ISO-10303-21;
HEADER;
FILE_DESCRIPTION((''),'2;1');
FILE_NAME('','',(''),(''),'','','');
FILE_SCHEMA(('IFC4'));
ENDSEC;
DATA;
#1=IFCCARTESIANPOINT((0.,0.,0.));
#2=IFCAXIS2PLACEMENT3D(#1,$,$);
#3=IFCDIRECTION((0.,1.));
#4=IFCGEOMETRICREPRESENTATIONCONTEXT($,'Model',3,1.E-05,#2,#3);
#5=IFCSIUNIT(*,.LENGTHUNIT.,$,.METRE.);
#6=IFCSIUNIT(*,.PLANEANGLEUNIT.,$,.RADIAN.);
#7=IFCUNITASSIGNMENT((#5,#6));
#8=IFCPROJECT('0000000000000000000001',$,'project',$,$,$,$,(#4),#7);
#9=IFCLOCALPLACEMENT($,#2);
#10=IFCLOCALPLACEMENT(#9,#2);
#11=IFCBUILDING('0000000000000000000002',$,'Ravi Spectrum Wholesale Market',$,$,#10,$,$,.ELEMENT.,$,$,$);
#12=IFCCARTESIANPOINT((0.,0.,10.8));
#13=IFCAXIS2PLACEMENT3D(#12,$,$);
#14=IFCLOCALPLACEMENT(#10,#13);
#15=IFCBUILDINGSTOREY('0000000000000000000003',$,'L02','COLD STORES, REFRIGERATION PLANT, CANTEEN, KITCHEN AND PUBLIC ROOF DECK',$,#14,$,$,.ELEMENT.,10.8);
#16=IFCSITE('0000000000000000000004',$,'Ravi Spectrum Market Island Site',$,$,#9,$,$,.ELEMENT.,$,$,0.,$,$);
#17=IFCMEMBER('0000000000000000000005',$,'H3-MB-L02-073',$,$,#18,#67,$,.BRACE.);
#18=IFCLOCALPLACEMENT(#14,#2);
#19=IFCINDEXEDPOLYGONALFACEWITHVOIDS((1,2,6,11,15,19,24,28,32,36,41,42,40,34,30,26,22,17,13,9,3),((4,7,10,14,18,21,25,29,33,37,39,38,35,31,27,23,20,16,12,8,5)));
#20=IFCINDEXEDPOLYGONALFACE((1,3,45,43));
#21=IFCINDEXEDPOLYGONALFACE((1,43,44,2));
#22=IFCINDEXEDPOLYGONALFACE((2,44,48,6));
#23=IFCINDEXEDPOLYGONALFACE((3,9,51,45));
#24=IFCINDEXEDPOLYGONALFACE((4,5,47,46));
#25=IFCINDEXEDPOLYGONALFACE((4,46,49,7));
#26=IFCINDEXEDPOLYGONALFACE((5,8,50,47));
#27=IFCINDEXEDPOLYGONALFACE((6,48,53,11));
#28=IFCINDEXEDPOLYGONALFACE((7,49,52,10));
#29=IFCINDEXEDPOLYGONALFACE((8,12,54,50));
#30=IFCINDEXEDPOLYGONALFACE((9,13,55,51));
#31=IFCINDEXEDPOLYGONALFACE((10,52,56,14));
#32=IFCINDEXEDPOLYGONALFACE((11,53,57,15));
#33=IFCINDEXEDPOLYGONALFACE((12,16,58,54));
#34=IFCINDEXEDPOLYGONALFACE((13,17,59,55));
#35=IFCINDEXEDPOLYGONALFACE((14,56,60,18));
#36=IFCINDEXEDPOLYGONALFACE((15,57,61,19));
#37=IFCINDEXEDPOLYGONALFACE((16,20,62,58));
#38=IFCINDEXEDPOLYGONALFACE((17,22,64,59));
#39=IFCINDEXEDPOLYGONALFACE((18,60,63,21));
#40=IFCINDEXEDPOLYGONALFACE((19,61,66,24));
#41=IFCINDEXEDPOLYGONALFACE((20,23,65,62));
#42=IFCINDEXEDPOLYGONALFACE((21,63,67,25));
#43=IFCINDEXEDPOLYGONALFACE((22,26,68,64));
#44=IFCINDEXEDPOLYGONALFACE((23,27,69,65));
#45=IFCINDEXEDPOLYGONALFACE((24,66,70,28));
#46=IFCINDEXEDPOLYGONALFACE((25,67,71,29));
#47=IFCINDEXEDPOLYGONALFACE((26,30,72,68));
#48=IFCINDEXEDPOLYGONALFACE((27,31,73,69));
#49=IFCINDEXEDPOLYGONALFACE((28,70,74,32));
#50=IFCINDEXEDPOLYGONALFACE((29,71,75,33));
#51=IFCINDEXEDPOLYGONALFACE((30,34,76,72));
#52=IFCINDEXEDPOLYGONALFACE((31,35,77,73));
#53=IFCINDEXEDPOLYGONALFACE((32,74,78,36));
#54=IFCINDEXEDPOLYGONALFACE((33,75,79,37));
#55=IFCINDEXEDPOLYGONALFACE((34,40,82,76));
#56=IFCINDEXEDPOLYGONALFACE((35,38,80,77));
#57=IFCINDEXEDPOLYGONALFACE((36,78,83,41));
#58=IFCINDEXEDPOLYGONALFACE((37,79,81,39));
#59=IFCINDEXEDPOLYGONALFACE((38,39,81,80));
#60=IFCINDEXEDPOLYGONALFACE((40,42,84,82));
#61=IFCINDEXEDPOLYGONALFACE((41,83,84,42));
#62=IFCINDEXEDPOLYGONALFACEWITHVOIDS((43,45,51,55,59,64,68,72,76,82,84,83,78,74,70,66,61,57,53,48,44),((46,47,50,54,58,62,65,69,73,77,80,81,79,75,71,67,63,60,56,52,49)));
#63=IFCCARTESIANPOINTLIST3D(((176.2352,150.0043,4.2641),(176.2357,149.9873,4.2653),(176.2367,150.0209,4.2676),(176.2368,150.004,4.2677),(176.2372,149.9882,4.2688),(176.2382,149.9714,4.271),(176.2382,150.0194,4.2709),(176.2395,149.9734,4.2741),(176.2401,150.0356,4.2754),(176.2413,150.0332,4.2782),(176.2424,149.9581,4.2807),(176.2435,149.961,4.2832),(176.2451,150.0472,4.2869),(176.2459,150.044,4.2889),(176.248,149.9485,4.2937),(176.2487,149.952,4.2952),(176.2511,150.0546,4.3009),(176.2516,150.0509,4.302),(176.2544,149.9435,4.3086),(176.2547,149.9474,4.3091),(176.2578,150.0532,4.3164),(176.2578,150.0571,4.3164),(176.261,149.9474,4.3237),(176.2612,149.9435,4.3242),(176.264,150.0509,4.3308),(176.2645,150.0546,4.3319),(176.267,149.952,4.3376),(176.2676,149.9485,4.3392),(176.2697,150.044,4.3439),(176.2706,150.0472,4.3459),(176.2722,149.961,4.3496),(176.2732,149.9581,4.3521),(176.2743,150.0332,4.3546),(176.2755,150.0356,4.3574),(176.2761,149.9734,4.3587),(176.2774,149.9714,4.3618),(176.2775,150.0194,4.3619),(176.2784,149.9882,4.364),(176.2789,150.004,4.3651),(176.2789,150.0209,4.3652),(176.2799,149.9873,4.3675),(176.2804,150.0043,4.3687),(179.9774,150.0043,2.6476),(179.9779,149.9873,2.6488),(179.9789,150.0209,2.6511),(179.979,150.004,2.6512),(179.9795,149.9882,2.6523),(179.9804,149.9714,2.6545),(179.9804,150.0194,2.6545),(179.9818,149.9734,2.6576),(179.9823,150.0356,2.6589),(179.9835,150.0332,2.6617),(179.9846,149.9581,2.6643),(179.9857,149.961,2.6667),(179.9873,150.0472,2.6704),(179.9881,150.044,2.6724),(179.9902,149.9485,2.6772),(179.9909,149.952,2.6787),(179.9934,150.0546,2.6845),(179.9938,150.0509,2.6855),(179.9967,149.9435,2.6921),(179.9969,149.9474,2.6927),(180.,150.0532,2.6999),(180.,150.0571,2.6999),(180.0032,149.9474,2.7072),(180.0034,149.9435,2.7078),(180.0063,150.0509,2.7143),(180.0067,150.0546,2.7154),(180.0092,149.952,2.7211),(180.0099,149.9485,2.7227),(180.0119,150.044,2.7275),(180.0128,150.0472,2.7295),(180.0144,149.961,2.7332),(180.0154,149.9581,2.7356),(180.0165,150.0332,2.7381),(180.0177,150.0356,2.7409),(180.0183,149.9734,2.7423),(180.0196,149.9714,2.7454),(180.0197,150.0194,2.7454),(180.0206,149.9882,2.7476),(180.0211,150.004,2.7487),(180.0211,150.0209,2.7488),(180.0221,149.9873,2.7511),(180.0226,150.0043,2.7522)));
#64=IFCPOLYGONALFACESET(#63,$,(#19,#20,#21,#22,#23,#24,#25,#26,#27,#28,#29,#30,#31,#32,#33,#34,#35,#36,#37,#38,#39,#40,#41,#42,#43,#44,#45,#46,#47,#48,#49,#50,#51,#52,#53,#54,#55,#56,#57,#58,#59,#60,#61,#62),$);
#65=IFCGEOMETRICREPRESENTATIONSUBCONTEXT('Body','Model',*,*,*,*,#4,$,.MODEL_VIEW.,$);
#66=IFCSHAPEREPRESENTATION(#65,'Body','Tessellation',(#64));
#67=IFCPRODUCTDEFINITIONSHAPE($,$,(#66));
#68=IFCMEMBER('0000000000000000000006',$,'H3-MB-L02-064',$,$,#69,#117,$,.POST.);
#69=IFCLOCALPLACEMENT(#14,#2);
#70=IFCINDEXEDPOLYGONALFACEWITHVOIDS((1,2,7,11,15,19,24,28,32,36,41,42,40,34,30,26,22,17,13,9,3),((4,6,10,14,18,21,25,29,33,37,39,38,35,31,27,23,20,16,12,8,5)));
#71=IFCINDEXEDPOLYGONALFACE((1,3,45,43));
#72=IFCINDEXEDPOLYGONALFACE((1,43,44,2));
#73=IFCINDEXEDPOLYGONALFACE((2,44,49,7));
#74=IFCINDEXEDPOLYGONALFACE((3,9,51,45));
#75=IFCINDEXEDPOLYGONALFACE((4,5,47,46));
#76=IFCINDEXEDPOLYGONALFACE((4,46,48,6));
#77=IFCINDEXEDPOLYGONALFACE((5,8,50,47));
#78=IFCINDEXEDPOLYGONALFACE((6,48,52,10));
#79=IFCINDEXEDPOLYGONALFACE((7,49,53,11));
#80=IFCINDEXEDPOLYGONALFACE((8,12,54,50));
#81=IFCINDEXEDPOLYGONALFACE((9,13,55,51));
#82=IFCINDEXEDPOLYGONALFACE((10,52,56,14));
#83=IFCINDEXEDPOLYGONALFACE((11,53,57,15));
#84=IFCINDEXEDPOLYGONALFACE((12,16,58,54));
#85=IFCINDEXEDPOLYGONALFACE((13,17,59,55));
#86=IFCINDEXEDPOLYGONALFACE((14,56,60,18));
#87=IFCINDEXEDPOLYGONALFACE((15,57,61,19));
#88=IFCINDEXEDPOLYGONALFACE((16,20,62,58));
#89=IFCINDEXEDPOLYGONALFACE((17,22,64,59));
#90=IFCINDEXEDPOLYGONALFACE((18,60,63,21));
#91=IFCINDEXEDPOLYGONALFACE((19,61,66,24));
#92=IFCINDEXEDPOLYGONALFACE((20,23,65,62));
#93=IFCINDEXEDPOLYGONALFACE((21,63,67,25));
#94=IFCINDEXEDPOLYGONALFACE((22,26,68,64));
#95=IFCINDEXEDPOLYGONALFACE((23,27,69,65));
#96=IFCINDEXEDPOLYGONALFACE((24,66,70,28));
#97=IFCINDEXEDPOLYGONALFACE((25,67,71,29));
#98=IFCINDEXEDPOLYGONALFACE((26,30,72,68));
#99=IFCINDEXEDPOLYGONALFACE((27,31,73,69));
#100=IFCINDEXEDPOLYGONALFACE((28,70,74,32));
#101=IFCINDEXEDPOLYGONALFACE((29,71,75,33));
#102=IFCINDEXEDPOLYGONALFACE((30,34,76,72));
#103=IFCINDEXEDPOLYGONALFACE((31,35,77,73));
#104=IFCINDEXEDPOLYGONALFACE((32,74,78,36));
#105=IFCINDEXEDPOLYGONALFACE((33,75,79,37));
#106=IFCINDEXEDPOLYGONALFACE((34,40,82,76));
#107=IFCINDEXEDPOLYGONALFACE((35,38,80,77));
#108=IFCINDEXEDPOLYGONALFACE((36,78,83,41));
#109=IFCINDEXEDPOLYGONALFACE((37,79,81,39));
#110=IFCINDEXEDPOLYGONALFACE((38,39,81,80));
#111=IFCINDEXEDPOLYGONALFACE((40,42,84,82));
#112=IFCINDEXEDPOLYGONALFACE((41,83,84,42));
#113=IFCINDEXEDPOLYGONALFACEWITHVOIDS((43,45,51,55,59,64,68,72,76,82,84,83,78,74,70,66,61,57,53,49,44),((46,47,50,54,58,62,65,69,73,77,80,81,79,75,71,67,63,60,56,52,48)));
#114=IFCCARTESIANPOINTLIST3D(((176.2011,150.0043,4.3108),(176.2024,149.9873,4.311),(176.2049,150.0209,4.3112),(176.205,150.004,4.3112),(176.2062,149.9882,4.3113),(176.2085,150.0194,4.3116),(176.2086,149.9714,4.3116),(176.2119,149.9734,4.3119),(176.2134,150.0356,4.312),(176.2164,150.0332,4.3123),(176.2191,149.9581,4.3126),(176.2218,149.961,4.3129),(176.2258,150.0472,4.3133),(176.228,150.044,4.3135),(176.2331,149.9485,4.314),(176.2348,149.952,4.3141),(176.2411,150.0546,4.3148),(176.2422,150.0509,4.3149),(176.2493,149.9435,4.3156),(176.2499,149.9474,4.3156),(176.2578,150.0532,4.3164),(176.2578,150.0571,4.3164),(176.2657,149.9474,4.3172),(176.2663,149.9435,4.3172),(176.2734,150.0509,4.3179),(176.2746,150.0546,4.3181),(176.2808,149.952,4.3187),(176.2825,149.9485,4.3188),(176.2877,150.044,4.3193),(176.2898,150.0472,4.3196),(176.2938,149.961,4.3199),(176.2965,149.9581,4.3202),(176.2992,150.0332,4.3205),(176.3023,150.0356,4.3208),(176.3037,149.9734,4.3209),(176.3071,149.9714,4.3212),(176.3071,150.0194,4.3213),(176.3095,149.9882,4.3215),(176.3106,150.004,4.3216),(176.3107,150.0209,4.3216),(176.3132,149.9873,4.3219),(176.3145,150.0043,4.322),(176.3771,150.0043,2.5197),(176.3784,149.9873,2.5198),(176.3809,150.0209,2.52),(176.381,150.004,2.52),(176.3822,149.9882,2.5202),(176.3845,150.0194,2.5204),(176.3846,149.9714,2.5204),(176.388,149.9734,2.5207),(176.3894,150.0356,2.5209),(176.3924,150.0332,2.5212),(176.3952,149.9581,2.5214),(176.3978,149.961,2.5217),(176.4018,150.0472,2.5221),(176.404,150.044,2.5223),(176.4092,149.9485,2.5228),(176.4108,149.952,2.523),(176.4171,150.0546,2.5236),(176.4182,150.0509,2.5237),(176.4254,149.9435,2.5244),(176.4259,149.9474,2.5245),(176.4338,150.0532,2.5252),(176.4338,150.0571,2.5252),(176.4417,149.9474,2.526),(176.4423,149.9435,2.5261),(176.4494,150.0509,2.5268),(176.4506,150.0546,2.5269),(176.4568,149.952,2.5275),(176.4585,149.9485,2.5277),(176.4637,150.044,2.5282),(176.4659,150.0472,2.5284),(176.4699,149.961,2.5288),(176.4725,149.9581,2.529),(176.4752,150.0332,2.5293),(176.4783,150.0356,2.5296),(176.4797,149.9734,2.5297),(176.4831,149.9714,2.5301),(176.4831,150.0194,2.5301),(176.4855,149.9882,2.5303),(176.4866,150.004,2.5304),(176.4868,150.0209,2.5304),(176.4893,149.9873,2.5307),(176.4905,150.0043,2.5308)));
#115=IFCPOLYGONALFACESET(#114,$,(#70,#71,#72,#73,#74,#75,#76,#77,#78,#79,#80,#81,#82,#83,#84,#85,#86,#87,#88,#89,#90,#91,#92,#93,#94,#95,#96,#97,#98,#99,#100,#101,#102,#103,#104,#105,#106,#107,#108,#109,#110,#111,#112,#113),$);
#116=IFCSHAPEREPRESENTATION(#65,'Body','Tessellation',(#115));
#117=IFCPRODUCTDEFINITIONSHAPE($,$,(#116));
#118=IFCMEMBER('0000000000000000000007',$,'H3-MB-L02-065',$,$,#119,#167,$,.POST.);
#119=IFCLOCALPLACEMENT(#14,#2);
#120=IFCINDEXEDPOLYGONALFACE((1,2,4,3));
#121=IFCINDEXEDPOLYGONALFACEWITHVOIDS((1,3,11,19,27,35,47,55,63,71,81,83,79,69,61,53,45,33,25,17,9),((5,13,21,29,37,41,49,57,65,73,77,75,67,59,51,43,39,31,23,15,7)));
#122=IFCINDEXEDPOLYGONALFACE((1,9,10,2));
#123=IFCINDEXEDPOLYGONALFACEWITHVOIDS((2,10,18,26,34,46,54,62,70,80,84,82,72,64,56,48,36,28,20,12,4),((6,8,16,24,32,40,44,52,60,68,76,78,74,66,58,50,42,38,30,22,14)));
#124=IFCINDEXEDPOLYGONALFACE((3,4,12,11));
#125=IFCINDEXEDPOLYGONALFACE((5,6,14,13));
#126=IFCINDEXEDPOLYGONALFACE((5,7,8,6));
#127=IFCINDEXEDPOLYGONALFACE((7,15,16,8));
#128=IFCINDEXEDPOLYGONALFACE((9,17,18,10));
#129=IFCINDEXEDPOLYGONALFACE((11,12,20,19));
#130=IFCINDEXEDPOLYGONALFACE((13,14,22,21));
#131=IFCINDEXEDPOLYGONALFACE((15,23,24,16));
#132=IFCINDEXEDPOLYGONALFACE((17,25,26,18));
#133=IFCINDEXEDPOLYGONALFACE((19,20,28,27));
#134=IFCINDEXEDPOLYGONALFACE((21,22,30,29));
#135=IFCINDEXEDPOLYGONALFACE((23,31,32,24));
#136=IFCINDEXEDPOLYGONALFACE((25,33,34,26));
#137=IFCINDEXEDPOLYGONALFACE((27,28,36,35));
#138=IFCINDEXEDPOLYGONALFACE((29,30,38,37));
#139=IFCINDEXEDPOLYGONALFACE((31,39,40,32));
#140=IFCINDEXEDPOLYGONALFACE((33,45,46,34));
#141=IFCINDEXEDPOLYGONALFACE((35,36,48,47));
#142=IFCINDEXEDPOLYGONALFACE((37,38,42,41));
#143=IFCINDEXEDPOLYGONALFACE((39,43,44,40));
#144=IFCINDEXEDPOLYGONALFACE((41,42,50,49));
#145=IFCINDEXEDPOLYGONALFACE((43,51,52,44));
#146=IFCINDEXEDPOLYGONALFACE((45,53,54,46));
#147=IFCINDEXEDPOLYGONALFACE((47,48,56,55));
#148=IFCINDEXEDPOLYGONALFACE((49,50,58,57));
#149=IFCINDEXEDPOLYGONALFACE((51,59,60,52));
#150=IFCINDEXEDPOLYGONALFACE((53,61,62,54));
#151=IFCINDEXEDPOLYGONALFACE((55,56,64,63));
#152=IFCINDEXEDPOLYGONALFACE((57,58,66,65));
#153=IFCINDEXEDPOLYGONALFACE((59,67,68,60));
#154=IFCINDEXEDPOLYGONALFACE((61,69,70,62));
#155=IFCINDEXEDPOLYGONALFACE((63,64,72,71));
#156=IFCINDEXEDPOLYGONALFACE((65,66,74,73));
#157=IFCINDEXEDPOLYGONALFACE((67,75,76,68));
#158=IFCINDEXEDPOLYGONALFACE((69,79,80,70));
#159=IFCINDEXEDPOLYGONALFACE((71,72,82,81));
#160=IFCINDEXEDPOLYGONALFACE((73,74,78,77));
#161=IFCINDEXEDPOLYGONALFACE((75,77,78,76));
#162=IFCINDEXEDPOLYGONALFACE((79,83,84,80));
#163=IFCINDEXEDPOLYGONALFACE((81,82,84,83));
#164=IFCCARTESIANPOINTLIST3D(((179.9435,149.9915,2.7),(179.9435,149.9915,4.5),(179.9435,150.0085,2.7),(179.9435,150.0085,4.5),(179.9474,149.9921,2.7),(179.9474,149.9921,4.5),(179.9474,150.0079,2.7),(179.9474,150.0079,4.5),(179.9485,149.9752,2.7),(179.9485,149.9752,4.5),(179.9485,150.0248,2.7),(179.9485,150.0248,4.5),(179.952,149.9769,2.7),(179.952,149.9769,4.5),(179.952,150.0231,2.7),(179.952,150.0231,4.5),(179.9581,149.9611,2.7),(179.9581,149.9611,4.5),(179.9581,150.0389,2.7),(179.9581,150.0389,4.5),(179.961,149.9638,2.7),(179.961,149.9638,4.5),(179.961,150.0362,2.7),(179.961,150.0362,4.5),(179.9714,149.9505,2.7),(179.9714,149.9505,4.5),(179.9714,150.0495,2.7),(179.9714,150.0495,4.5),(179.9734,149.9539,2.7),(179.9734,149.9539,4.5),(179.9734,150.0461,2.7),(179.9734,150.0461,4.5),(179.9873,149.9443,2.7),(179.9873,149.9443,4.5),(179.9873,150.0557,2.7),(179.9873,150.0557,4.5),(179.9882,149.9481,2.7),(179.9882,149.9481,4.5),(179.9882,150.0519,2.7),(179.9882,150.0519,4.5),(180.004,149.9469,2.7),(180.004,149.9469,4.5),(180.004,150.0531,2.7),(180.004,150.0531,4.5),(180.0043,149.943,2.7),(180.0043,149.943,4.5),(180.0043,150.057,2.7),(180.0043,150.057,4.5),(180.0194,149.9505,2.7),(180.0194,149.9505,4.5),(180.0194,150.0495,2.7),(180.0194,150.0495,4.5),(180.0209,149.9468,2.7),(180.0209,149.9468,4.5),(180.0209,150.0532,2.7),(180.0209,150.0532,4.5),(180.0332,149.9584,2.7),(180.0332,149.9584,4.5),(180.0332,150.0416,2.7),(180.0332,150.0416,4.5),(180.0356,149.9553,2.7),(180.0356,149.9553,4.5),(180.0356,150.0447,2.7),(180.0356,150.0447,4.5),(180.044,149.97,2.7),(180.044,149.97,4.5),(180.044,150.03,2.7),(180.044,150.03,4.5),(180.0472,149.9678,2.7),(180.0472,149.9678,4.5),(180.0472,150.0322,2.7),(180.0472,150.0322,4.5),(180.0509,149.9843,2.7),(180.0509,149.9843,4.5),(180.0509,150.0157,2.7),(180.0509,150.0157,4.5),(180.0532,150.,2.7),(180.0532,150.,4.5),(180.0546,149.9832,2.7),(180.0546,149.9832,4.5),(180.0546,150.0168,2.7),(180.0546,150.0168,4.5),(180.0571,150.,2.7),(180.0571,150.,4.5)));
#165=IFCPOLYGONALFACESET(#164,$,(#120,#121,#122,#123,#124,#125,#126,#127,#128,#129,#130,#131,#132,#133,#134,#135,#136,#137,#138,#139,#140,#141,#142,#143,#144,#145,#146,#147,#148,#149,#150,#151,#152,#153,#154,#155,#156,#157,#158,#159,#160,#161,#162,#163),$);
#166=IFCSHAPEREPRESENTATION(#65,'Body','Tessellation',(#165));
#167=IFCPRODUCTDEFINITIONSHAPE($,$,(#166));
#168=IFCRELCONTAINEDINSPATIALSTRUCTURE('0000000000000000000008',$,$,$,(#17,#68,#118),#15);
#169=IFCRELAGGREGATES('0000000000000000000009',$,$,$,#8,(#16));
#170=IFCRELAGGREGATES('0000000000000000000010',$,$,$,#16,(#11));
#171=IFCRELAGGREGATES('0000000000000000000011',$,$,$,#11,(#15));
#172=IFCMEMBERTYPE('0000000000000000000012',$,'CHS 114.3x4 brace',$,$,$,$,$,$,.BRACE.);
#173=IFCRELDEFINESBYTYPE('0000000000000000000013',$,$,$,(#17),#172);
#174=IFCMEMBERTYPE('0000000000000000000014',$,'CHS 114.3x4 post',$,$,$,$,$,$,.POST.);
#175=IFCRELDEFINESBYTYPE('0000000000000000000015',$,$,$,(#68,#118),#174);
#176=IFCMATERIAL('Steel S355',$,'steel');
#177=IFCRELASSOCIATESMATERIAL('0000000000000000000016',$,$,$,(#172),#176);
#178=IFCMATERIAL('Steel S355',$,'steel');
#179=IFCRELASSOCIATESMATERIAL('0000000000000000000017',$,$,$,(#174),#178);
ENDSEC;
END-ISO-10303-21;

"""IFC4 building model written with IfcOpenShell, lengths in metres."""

from ifc_helpers import new_model, si_unit, direction, frame, origin, origin_2d, place, context, subcontext, project, spatial, hollow_circle, extrude, material, material_profile, profile_set, type_object, element, save


model = new_model("IFC4")

# Units and contexts
model_context = context("Model", 3, precision=1e-05, world=origin(), true_north=direction((0.0, 1.0)))
body_context = subcontext(model_context, "Body", "Model", "MODEL_VIEW")
ifc_project = project(units=[si_unit("LENGTHUNIT", "METRE"), si_unit("PLANEANGLEUNIT", "RADIAN")], contexts=[model_context])

# Site, building, storey
site_placement = place(None, origin())
site = spatial("IfcSite", under=ifc_project, at=site_placement, Name="Ravi Spectrum Market Island Site", CompositionType="ELEMENT", RefElevation=0.0)
building_placement = place(site_placement, origin())
building = spatial("IfcBuilding", under=site, at=building_placement, Name="Ravi Spectrum Wholesale Market", CompositionType="ELEMENT")
storey_placement = place(building_placement, frame((0.0, 0.0, 10.8)))
storey = spatial("IfcBuildingStorey", under=building, at=storey_placement, Name="L02", Description="COLD STORES, REFRIGERATION PLANT, CANTEEN, KITCHEN AND PUBLIC ROOF DECK", CompositionType="ELEMENT", Elevation=10.8)

# Members
ifc_material_1 = material(Name="Steel S355", Category="steel")
ifc_material_profile_1 = material_profile(ifc_material_1, hollow_circle(Radius=0.0571, WallThickness=0.0039, at=origin_2d()))
ifc_profile_set_1 = profile_set([ifc_material_profile_1], Name="Steel S355")
member_type_1 = type_object("IfcMemberType", Name="CHS 114.3x4 brace", PredefinedType="BRACE", material=ifc_profile_set_1)
member_1_placement = place(storey_placement, frame((176.2578, 150.0, 4.3164), z_axis=(0.918017, 0.0, -0.396542), x_axis=(0.0, 1.0, 0.0)))
element("IfcMember", 1, at=member_1_placement, inside=storey, type_object=member_type_1, Name="H3-MB-L02-073", PredefinedType="BRACE", context=body_context, shape_type="SweptSolid", body=[
    extrude(hollow_circle(Radius=0.0571, WallThickness=0.0039, at=origin_2d()), origin(), (0.0, 0.0, 1.0), 4.0764),
])
ifc_material_2 = material(Name="Steel S355", Category="steel")
ifc_material_profile_2 = material_profile(ifc_material_2, hollow_circle(Radius=0.0571, WallThickness=0.0039, at=origin_2d()))
ifc_profile_set_2 = profile_set([ifc_material_profile_2], Name="Steel S355")
member_type_2 = type_object("IfcMemberType", Name="CHS 114.3x4 post", PredefinedType="POST", material=ifc_profile_set_2)
member_2_placement = place(storey_placement, frame((176.2578, 150.0, 4.3164), z_axis=(0.097798, 0.0, -0.995206), x_axis=(0.0, 1.0, 0.0)))
element("IfcMember", 2, at=member_2_placement, inside=storey, type_object=member_type_2, Name="H3-MB-L02-064", PredefinedType="POST", context=body_context, shape_type="SweptSolid", body=[
    extrude(hollow_circle(Radius=0.0571, WallThickness=0.0039, at=origin_2d()), origin(), (0.0, 0.0, 1.0), 1.7998),
])
member_3_placement = place(storey_placement, frame((180.0, 150.0, 4.5), z_axis=(0.0, 0.0, -1.0), x_axis=(1.0, 0.0, 0.0)))
element("IfcMember", 3, at=member_3_placement, inside=storey, type_object=member_type_2, Name="H3-MB-L02-065", PredefinedType="POST", context=body_context, shape_type="SweptSolid", body=[
    extrude(hollow_circle(Radius=0.0571, WallThickness=0.0039, at=origin_2d()), origin(), (0.0, 0.0, 1.0), 1.8),
])

save(model, "model.ifc")
